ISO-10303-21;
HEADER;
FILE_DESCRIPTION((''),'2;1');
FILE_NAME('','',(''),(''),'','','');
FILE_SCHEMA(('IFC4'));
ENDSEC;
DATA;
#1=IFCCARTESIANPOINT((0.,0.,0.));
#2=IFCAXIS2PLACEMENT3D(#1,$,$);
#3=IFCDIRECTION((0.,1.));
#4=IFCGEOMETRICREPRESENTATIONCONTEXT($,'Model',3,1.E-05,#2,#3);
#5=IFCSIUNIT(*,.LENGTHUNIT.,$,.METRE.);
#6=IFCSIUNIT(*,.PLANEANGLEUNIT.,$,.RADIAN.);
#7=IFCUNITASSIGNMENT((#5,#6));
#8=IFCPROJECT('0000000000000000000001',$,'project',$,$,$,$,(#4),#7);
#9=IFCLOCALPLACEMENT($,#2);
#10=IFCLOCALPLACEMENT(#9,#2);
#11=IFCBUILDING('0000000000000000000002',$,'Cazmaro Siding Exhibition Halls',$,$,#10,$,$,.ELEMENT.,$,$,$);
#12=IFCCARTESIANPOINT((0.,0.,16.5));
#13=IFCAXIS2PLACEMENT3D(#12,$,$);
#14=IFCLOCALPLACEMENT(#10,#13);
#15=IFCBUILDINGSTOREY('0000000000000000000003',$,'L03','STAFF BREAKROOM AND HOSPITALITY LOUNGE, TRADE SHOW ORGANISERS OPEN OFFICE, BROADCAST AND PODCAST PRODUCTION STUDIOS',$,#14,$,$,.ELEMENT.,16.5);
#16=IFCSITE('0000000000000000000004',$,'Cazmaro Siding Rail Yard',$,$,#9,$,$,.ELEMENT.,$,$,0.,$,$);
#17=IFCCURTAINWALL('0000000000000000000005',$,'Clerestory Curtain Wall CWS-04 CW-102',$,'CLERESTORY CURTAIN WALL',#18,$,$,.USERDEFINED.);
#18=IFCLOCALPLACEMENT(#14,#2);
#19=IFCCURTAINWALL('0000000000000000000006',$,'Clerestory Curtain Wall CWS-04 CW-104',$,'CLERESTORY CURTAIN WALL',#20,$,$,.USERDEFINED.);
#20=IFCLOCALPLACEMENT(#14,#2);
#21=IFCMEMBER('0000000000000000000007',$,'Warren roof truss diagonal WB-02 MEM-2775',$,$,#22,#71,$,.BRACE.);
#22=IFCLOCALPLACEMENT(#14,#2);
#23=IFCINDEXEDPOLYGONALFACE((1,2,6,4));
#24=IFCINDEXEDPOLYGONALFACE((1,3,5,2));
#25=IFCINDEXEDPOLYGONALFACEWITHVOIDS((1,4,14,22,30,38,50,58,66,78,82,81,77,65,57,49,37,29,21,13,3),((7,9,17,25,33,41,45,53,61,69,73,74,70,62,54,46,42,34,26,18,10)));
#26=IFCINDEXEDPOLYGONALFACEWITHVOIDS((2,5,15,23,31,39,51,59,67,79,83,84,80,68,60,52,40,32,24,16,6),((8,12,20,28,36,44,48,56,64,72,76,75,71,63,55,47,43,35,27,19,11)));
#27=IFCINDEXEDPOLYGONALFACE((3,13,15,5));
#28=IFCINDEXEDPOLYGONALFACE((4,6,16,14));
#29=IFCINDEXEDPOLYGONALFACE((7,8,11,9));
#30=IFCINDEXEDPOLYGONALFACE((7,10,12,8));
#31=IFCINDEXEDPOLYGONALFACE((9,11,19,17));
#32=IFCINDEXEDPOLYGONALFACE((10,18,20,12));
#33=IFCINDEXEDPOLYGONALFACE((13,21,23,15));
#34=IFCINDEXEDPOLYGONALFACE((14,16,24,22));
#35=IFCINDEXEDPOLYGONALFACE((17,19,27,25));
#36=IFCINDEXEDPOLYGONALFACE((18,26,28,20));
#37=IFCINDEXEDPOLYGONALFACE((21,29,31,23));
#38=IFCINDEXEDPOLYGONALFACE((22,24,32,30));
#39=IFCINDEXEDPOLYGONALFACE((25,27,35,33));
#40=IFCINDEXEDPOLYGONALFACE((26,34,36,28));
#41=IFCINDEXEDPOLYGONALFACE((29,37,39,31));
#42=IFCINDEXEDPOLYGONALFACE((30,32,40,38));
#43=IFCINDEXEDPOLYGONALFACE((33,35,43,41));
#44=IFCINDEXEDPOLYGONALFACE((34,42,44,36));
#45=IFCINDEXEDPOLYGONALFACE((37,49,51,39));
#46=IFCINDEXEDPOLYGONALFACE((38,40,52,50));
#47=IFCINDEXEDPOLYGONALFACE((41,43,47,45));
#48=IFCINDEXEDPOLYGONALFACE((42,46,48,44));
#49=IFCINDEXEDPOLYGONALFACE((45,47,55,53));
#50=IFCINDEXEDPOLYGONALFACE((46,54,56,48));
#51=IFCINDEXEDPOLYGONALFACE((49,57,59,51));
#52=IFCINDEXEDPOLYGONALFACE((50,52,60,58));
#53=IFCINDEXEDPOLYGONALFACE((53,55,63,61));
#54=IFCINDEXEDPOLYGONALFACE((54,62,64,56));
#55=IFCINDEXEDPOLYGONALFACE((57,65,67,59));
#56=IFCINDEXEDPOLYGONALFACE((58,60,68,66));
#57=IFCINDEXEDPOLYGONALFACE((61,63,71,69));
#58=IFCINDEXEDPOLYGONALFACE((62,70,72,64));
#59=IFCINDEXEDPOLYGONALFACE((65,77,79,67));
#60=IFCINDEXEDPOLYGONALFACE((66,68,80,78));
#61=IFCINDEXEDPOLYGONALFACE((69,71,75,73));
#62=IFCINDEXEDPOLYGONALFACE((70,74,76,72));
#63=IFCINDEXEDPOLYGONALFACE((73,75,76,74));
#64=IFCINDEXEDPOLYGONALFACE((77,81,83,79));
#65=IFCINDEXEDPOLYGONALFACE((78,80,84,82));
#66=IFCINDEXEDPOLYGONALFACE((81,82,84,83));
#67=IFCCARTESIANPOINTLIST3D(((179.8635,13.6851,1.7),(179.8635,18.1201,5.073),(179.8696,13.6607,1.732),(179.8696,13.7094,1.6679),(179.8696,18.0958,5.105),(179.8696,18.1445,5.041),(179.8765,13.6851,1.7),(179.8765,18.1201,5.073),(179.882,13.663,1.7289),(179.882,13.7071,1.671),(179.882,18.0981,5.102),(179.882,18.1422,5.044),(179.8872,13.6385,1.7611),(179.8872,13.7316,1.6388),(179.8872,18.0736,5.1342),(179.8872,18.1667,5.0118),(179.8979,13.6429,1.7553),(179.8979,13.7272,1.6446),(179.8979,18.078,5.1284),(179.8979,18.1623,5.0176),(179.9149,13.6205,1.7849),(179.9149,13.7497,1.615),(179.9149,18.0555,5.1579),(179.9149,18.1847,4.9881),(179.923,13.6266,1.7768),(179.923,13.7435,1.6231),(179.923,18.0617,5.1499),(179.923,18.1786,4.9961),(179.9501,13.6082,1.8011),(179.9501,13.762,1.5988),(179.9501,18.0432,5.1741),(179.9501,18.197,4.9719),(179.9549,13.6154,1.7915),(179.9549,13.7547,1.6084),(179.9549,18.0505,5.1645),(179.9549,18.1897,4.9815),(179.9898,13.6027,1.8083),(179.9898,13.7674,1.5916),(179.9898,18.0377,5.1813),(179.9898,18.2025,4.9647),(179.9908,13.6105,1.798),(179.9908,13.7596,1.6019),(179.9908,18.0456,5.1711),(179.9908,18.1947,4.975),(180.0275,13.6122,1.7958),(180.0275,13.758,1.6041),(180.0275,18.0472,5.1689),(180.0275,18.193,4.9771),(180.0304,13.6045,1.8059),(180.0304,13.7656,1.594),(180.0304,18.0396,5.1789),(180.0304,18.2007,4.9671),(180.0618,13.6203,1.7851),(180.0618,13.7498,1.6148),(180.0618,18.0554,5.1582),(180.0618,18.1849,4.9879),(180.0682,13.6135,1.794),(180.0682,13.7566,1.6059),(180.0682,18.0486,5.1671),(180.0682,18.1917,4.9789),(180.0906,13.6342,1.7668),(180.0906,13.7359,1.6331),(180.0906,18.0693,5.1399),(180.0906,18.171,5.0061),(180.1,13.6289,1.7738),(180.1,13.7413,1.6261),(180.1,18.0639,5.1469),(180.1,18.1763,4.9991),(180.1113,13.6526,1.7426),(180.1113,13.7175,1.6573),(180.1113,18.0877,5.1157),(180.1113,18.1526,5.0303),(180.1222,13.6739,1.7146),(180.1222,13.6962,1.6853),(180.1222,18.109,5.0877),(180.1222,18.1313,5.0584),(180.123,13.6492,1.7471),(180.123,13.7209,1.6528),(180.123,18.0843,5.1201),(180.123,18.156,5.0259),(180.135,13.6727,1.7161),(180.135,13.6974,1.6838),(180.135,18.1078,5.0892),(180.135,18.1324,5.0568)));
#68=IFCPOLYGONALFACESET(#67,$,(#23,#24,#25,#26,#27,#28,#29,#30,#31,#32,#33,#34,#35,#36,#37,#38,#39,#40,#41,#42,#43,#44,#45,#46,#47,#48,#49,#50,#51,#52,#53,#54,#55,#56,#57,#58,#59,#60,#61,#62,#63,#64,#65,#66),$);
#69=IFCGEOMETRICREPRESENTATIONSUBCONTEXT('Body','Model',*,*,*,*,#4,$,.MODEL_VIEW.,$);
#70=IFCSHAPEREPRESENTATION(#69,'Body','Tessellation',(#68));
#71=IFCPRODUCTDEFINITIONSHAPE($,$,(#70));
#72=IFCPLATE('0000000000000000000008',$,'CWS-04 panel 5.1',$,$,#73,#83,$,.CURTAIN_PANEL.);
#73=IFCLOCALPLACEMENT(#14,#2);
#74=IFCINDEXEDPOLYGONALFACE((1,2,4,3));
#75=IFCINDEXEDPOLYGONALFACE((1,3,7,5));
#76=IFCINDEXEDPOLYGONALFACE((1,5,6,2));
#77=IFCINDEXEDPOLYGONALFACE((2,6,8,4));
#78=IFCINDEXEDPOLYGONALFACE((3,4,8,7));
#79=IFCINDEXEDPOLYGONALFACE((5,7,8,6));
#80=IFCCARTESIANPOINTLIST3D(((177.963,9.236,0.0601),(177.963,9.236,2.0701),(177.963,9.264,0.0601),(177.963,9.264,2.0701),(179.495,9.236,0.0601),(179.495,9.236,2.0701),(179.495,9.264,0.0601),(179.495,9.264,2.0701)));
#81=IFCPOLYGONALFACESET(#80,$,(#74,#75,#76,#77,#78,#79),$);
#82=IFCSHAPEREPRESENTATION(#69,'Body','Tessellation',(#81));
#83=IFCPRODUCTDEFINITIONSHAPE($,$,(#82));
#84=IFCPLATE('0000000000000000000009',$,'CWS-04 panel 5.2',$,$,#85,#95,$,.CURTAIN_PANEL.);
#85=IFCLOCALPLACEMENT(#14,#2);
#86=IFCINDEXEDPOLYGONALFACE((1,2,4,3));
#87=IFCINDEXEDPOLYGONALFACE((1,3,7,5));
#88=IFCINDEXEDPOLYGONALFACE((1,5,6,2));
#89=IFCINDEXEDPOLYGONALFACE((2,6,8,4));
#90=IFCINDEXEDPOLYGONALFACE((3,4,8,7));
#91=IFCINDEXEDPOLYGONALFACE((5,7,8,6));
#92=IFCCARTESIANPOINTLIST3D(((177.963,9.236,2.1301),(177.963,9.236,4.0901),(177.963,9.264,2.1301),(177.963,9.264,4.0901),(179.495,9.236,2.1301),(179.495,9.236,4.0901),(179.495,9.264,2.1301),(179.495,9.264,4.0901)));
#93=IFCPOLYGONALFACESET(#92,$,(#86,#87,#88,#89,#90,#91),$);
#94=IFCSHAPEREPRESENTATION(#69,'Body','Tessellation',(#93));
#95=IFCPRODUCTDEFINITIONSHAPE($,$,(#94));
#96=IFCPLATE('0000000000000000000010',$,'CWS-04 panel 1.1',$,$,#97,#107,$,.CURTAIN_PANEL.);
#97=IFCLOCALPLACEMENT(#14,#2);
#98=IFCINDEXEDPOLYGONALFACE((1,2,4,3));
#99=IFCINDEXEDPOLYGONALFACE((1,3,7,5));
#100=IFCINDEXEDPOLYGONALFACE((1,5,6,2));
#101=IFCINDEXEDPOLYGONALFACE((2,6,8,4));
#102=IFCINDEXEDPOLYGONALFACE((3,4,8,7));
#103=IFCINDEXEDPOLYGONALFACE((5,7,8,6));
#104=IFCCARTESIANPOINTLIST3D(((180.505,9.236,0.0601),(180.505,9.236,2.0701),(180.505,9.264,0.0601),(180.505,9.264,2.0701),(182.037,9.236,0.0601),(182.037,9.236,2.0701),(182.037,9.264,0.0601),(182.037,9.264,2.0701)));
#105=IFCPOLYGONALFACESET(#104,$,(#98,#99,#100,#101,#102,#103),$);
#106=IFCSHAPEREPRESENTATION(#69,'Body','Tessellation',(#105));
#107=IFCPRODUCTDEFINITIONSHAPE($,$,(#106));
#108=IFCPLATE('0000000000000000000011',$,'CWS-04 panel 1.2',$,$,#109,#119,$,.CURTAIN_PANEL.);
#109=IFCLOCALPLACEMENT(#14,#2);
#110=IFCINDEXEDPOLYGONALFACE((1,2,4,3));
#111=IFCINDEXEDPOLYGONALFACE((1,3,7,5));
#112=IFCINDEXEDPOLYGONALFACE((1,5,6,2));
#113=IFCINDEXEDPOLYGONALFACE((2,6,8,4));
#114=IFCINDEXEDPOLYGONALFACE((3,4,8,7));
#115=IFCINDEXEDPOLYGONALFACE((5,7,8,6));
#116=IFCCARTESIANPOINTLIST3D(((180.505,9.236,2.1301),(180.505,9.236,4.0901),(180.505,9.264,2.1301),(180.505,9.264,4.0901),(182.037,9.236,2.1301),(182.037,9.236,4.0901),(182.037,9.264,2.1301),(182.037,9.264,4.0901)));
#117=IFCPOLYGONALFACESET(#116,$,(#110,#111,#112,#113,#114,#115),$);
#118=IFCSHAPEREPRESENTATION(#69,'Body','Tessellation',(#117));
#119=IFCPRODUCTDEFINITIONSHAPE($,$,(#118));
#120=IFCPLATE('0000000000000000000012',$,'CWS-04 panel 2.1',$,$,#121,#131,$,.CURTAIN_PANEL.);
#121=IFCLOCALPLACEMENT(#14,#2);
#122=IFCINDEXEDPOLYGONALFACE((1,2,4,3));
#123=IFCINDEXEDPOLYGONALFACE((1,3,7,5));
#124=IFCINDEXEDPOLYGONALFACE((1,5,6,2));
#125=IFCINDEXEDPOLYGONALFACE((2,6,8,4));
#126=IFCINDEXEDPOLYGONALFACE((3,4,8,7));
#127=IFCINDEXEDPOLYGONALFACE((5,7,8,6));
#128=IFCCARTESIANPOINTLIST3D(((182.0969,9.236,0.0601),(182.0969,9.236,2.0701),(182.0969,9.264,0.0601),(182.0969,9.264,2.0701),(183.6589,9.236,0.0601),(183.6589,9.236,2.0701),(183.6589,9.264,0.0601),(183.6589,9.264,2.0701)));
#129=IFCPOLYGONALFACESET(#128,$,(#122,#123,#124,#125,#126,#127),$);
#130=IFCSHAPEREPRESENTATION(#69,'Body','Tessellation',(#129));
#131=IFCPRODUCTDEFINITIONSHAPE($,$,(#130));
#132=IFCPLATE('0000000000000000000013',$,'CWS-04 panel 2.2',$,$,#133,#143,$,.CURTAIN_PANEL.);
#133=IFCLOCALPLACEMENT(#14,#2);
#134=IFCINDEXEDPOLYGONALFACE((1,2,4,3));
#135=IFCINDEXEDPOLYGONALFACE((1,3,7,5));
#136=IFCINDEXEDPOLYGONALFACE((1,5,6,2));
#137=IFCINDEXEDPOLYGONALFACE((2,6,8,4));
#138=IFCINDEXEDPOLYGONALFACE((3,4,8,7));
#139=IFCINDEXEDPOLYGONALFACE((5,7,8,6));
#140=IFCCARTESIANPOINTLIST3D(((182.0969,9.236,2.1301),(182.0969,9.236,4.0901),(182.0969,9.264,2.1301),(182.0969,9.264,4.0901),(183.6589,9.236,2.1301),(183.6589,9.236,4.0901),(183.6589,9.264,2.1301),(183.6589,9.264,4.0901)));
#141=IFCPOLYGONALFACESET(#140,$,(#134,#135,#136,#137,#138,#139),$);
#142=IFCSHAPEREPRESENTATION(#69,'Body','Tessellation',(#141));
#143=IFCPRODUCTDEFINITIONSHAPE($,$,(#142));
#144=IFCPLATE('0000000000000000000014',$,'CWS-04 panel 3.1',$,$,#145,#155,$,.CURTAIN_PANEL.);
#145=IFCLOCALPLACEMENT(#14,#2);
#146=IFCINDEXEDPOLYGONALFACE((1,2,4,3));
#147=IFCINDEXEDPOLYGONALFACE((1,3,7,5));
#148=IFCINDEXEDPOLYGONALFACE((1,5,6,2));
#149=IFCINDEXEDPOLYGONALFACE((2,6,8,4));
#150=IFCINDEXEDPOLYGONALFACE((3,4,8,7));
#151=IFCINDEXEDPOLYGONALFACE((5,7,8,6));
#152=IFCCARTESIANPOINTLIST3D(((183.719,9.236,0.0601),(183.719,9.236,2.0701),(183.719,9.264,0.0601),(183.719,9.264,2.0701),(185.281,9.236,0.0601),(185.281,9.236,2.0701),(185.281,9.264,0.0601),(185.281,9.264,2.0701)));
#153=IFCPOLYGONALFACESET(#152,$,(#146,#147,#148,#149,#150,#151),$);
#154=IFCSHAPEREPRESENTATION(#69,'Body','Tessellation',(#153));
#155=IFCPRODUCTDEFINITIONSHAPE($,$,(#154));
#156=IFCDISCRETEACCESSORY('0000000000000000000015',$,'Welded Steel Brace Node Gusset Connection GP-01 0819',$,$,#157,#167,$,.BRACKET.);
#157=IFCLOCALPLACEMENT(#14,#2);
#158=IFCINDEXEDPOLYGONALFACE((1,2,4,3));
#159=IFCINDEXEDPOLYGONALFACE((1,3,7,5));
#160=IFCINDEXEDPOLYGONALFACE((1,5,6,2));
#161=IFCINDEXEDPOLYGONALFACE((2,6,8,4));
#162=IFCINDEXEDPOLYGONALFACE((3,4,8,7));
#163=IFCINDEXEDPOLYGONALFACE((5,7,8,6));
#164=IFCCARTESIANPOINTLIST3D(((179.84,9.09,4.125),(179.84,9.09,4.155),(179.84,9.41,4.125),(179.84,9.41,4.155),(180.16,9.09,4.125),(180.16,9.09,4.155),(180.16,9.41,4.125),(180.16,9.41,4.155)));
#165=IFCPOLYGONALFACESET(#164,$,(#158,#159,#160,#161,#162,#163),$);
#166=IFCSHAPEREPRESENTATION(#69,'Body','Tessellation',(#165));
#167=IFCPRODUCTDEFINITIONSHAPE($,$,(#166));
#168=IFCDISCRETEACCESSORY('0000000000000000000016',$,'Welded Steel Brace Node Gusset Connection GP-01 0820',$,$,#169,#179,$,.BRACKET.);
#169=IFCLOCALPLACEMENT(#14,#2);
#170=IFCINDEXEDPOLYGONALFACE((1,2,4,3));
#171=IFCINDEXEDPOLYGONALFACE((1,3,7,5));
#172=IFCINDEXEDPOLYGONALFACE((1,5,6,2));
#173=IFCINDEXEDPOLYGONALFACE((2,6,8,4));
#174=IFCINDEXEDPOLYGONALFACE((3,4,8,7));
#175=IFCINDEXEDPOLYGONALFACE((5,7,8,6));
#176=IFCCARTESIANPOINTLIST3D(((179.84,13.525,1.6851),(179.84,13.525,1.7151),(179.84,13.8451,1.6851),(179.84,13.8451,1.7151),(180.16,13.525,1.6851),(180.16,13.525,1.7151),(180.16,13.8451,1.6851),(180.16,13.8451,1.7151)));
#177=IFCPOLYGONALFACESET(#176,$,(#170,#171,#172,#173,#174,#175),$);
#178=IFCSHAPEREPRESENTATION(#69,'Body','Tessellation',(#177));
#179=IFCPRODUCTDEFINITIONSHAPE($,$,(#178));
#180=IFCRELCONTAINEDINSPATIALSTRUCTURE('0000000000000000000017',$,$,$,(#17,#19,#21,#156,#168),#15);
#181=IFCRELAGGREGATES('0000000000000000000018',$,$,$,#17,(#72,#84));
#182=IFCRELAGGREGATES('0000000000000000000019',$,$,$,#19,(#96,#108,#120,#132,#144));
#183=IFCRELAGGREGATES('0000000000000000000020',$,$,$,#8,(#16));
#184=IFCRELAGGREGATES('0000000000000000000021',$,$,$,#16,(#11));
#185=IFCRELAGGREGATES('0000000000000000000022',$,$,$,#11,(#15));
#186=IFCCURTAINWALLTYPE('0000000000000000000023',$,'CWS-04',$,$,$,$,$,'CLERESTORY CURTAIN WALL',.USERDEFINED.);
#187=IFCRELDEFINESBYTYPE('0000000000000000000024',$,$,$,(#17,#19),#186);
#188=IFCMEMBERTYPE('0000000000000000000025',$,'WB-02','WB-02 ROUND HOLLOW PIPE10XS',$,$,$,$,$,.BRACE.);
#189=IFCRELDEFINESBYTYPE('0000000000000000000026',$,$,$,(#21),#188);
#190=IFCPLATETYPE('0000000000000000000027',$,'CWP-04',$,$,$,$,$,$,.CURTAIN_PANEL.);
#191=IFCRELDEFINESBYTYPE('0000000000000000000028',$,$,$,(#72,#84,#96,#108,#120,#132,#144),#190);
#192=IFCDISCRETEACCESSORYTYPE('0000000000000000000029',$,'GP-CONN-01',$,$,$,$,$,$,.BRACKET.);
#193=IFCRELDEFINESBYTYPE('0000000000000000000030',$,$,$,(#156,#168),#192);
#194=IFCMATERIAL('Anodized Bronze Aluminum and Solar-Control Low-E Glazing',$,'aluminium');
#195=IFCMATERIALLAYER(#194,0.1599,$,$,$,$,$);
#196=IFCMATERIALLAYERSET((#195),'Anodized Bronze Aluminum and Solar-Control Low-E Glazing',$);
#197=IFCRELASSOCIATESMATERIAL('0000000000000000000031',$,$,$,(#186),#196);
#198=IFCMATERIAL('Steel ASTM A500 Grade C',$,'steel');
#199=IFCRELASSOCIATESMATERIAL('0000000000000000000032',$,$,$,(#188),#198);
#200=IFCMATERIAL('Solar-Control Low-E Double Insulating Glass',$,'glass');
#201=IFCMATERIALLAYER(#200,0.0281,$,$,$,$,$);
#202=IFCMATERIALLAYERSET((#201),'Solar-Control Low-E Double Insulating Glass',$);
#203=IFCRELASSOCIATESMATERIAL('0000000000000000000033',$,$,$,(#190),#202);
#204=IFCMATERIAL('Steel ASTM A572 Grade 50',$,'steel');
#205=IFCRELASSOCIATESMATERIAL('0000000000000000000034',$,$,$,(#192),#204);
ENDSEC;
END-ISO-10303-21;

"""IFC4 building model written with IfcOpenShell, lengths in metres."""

from ifc_helpers import new_model, si_unit, direction, frame, origin, origin_2d, place, context, subcontext, project, spatial, rectangle, hollow_circle, extrude, material, layer, layer_set, material_profile, profile_set, type_object, element, aggregate, save


model = new_model("IFC4")

# Units and contexts
model_context = context("Model", 3, precision=1e-05, world=origin(), true_north=direction((0.0, 1.0)))
body_context = subcontext(model_context, "Body", "Model", "MODEL_VIEW")
ifc_project = project(units=[si_unit("LENGTHUNIT", "METRE"), si_unit("PLANEANGLEUNIT", "RADIAN")], contexts=[model_context])

# Site, building, storey
site_placement = place(None, origin())
site = spatial("IfcSite", under=ifc_project, at=site_placement, Name="Cazmaro Siding Rail Yard", CompositionType="ELEMENT", RefElevation=0.0)
building_placement = place(site_placement, origin())
building = spatial("IfcBuilding", under=site, at=building_placement, Name="Cazmaro Siding Exhibition Halls", CompositionType="ELEMENT")
storey_placement = place(building_placement, frame((0.0, 0.0, 16.5)))
storey = spatial("IfcBuildingStorey", under=building, at=storey_placement, Name="L03", Description="STAFF BREAKROOM AND HOSPITALITY LOUNGE, TRADE SHOW ORGANISERS OPEN OFFICE, BROADCAST AND PODCAST PRODUCTION STUDIOS", CompositionType="ELEMENT", Elevation=16.5)

# Curtain walls
ifc_material_1 = material(Name="Anodized Bronze Aluminum and Solar-Control Low-E Glazing", Category="aluminium")
ifc_layer_1 = layer(ifc_material_1, 0.1599)
ifc_layer_set_1 = layer_set([ifc_layer_1], Name="Anodized Bronze Aluminum and Solar-Control Low-E Glazing")
curtain_wall_type = type_object("IfcCurtainWallType", Name="CWS-04", ElementType="CLERESTORY CURTAIN WALL", PredefinedType="USERDEFINED", material=ifc_layer_set_1)
curtain_wall_1_placement = place(storey_placement, origin())
curtain_wall_1 = element("IfcCurtainWall", 1, at=curtain_wall_1_placement, inside=storey, type_object=curtain_wall_type, Name="Clerestory Curtain Wall CWS-04 CW-102", ObjectType="CLERESTORY CURTAIN WALL", PredefinedType="USERDEFINED")
curtain_wall_2_placement = place(storey_placement, origin())
curtain_wall_2 = element("IfcCurtainWall", 2, at=curtain_wall_2_placement, inside=storey, type_object=curtain_wall_type, Name="Clerestory Curtain Wall CWS-04 CW-104", ObjectType="CLERESTORY CURTAIN WALL", PredefinedType="USERDEFINED")

# Member
ifc_material_2 = material(Name="Steel ASTM A500 Grade C", Category="steel")
ifc_material_profile_1 = material_profile(ifc_material_2, hollow_circle(Radius=0.1365, WallThickness=0.0129, at=origin_2d()), Name="PIPE10XS")
ifc_profile_set_1 = profile_set([ifc_material_profile_1], Name="Steel ASTM A500 Grade C")
member_type_1 = type_object("IfcMemberType", Name="WB-02", Description="WB-02 ROUND HOLLOW PIPE10XS", PredefinedType="BRACE", material=ifc_profile_set_1)
member_1_placement = place(storey_placement, frame((180.0, 13.6851, 1.7), z_axis=(0.0, 0.795954, 0.605357), x_axis=(-1.0, 0.0, 0.0)))
element("IfcMember", 3, at=member_1_placement, inside=storey, type_object=member_type_1, Name="Warren roof truss diagonal WB-02 MEM-2775", PredefinedType="BRACE", context=body_context, shape_type="SweptSolid", body=[
    extrude(hollow_circle(Radius=0.1365, WallThickness=0.0129, at=origin_2d()), origin(), (0.0, 0.0, 1.0), 5.572),
])

# Plates
ifc_material_3 = material(Name="Solar-Control Low-E Double Insulating Glass", Category="glass")
ifc_layer_2 = layer(ifc_material_3, 0.0281)
ifc_layer_set_2 = layer_set([ifc_layer_2], Name="Solar-Control Low-E Double Insulating Glass")
plate_type = type_object("IfcPlateType", Name="CWP-04", PredefinedType="CURTAIN_PANEL", material=ifc_layer_set_2)
plate_1_placement = place(storey_placement, frame((178.729, 9.25, 0.0601), z_axis=(0.0, 0.0, 1.0), x_axis=(1.0, 0.0, 0.0)))
plate_1 = element("IfcPlate", 4, at=plate_1_placement, type_object=plate_type, Name="CWS-04 panel 5.1", PredefinedType="CURTAIN_PANEL", context=body_context, shape_type="SweptSolid", body=[
    extrude(rectangle(XDim=1.532, YDim=0.0281, at=origin_2d()), origin(), (0.0, 0.0, 1.0), 2.01),
])
plate_2_placement = place(storey_placement, frame((178.729, 9.25, 2.1301), z_axis=(0.0, 0.0, 1.0), x_axis=(1.0, 0.0, 0.0)))
plate_2 = element("IfcPlate", 5, at=plate_2_placement, type_object=plate_type, Name="CWS-04 panel 5.2", PredefinedType="CURTAIN_PANEL", context=body_context, shape_type="SweptSolid", body=[
    extrude(rectangle(XDim=1.532, YDim=0.0281, at=origin_2d()), origin(), (0.0, 0.0, 1.0), 1.96),
])
aggregate(curtain_wall_1, [plate_1, plate_2])
plate_3_placement = place(storey_placement, frame((181.271, 9.25, 0.0601), z_axis=(0.0, 0.0, 1.0), x_axis=(1.0, 0.0, 0.0)))
plate_3 = element("IfcPlate", 6, at=plate_3_placement, type_object=plate_type, Name="CWS-04 panel 1.1", PredefinedType="CURTAIN_PANEL", context=body_context, shape_type="SweptSolid", body=[
    extrude(rectangle(XDim=1.532, YDim=0.0281, at=origin_2d()), origin(), (0.0, 0.0, 1.0), 2.01),
])
plate_4_placement = place(storey_placement, frame((181.271, 9.25, 2.1301), z_axis=(0.0, 0.0, 1.0), x_axis=(1.0, 0.0, 0.0)))
plate_4 = element("IfcPlate", 7, at=plate_4_placement, type_object=plate_type, Name="CWS-04 panel 1.2", PredefinedType="CURTAIN_PANEL", context=body_context, shape_type="SweptSolid", body=[
    extrude(rectangle(XDim=1.532, YDim=0.0281, at=origin_2d()), origin(), (0.0, 0.0, 1.0), 1.96),
])
plate_5_placement = place(storey_placement, frame((182.8779, 9.25, 0.0601), z_axis=(0.0, 0.0, 1.0), x_axis=(1.0, 0.0, 0.0)))
plate_5 = element("IfcPlate", 8, at=plate_5_placement, type_object=plate_type, Name="CWS-04 panel 2.1", PredefinedType="CURTAIN_PANEL", context=body_context, shape_type="SweptSolid", body=[
    extrude(rectangle(XDim=1.562, YDim=0.0281, at=origin_2d()), origin(), (0.0, 0.0, 1.0), 2.01),
])
plate_6_placement = place(storey_placement, frame((182.8779, 9.25, 2.1301), z_axis=(0.0, 0.0, 1.0), x_axis=(1.0, 0.0, 0.0)))
plate_6 = element("IfcPlate", 9, at=plate_6_placement, type_object=plate_type, Name="CWS-04 panel 2.2", PredefinedType="CURTAIN_PANEL", context=body_context, shape_type="SweptSolid", body=[
    extrude(rectangle(XDim=1.562, YDim=0.0281, at=origin_2d()), origin(), (0.0, 0.0, 1.0), 1.96),
])
plate_7_placement = place(storey_placement, frame((184.5, 9.25, 0.0601), z_axis=(0.0, 0.0, 1.0), x_axis=(1.0, 0.0, 0.0)))
plate_7 = element("IfcPlate", 10, at=plate_7_placement, type_object=plate_type, Name="CWS-04 panel 3.1", PredefinedType="CURTAIN_PANEL", context=body_context, shape_type="SweptSolid", body=[
    extrude(rectangle(XDim=1.562, YDim=0.0281, at=origin_2d()), origin(), (0.0, 0.0, 1.0), 2.01),
])
aggregate(curtain_wall_2, [plate_3, plate_4, plate_5, plate_6, plate_7])

# Discrete accessories
ifc_material_4 = material(Name="Steel ASTM A572 Grade 50", Category="steel")
discrete_accessory_type = type_object("IfcDiscreteAccessoryType", Name="GP-CONN-01", PredefinedType="BRACKET", material=ifc_material_4)
for number, where, z_axis, x_axis, name in (
    (11, (180.0, 9.25, 4.125), (0.0, 0.0, 1.0), (1.0, 0.0, 0.0), "Welded Steel Brace Node Gusset Connection GP-01 0819"),
    (12, (180.0, 13.6851, 1.6851), (0.0, 0.0, 1.0), (1.0, 0.0, 0.0), "Welded Steel Brace Node Gusset Connection GP-01 0820"),
):
    element("IfcDiscreteAccessory", number, at=place(storey_placement, frame(where, z_axis=z_axis, x_axis=x_axis)), inside=storey, type_object=discrete_accessory_type, Name=name, PredefinedType="BRACKET", context=body_context, shape_type="SweptSolid", body=[
        extrude(rectangle(XDim=0.3201, YDim=0.3201, at=origin_2d()), origin(), (0.0, 0.0, 1.0), 0.03),
    ])

save(model, "model.ifc")
